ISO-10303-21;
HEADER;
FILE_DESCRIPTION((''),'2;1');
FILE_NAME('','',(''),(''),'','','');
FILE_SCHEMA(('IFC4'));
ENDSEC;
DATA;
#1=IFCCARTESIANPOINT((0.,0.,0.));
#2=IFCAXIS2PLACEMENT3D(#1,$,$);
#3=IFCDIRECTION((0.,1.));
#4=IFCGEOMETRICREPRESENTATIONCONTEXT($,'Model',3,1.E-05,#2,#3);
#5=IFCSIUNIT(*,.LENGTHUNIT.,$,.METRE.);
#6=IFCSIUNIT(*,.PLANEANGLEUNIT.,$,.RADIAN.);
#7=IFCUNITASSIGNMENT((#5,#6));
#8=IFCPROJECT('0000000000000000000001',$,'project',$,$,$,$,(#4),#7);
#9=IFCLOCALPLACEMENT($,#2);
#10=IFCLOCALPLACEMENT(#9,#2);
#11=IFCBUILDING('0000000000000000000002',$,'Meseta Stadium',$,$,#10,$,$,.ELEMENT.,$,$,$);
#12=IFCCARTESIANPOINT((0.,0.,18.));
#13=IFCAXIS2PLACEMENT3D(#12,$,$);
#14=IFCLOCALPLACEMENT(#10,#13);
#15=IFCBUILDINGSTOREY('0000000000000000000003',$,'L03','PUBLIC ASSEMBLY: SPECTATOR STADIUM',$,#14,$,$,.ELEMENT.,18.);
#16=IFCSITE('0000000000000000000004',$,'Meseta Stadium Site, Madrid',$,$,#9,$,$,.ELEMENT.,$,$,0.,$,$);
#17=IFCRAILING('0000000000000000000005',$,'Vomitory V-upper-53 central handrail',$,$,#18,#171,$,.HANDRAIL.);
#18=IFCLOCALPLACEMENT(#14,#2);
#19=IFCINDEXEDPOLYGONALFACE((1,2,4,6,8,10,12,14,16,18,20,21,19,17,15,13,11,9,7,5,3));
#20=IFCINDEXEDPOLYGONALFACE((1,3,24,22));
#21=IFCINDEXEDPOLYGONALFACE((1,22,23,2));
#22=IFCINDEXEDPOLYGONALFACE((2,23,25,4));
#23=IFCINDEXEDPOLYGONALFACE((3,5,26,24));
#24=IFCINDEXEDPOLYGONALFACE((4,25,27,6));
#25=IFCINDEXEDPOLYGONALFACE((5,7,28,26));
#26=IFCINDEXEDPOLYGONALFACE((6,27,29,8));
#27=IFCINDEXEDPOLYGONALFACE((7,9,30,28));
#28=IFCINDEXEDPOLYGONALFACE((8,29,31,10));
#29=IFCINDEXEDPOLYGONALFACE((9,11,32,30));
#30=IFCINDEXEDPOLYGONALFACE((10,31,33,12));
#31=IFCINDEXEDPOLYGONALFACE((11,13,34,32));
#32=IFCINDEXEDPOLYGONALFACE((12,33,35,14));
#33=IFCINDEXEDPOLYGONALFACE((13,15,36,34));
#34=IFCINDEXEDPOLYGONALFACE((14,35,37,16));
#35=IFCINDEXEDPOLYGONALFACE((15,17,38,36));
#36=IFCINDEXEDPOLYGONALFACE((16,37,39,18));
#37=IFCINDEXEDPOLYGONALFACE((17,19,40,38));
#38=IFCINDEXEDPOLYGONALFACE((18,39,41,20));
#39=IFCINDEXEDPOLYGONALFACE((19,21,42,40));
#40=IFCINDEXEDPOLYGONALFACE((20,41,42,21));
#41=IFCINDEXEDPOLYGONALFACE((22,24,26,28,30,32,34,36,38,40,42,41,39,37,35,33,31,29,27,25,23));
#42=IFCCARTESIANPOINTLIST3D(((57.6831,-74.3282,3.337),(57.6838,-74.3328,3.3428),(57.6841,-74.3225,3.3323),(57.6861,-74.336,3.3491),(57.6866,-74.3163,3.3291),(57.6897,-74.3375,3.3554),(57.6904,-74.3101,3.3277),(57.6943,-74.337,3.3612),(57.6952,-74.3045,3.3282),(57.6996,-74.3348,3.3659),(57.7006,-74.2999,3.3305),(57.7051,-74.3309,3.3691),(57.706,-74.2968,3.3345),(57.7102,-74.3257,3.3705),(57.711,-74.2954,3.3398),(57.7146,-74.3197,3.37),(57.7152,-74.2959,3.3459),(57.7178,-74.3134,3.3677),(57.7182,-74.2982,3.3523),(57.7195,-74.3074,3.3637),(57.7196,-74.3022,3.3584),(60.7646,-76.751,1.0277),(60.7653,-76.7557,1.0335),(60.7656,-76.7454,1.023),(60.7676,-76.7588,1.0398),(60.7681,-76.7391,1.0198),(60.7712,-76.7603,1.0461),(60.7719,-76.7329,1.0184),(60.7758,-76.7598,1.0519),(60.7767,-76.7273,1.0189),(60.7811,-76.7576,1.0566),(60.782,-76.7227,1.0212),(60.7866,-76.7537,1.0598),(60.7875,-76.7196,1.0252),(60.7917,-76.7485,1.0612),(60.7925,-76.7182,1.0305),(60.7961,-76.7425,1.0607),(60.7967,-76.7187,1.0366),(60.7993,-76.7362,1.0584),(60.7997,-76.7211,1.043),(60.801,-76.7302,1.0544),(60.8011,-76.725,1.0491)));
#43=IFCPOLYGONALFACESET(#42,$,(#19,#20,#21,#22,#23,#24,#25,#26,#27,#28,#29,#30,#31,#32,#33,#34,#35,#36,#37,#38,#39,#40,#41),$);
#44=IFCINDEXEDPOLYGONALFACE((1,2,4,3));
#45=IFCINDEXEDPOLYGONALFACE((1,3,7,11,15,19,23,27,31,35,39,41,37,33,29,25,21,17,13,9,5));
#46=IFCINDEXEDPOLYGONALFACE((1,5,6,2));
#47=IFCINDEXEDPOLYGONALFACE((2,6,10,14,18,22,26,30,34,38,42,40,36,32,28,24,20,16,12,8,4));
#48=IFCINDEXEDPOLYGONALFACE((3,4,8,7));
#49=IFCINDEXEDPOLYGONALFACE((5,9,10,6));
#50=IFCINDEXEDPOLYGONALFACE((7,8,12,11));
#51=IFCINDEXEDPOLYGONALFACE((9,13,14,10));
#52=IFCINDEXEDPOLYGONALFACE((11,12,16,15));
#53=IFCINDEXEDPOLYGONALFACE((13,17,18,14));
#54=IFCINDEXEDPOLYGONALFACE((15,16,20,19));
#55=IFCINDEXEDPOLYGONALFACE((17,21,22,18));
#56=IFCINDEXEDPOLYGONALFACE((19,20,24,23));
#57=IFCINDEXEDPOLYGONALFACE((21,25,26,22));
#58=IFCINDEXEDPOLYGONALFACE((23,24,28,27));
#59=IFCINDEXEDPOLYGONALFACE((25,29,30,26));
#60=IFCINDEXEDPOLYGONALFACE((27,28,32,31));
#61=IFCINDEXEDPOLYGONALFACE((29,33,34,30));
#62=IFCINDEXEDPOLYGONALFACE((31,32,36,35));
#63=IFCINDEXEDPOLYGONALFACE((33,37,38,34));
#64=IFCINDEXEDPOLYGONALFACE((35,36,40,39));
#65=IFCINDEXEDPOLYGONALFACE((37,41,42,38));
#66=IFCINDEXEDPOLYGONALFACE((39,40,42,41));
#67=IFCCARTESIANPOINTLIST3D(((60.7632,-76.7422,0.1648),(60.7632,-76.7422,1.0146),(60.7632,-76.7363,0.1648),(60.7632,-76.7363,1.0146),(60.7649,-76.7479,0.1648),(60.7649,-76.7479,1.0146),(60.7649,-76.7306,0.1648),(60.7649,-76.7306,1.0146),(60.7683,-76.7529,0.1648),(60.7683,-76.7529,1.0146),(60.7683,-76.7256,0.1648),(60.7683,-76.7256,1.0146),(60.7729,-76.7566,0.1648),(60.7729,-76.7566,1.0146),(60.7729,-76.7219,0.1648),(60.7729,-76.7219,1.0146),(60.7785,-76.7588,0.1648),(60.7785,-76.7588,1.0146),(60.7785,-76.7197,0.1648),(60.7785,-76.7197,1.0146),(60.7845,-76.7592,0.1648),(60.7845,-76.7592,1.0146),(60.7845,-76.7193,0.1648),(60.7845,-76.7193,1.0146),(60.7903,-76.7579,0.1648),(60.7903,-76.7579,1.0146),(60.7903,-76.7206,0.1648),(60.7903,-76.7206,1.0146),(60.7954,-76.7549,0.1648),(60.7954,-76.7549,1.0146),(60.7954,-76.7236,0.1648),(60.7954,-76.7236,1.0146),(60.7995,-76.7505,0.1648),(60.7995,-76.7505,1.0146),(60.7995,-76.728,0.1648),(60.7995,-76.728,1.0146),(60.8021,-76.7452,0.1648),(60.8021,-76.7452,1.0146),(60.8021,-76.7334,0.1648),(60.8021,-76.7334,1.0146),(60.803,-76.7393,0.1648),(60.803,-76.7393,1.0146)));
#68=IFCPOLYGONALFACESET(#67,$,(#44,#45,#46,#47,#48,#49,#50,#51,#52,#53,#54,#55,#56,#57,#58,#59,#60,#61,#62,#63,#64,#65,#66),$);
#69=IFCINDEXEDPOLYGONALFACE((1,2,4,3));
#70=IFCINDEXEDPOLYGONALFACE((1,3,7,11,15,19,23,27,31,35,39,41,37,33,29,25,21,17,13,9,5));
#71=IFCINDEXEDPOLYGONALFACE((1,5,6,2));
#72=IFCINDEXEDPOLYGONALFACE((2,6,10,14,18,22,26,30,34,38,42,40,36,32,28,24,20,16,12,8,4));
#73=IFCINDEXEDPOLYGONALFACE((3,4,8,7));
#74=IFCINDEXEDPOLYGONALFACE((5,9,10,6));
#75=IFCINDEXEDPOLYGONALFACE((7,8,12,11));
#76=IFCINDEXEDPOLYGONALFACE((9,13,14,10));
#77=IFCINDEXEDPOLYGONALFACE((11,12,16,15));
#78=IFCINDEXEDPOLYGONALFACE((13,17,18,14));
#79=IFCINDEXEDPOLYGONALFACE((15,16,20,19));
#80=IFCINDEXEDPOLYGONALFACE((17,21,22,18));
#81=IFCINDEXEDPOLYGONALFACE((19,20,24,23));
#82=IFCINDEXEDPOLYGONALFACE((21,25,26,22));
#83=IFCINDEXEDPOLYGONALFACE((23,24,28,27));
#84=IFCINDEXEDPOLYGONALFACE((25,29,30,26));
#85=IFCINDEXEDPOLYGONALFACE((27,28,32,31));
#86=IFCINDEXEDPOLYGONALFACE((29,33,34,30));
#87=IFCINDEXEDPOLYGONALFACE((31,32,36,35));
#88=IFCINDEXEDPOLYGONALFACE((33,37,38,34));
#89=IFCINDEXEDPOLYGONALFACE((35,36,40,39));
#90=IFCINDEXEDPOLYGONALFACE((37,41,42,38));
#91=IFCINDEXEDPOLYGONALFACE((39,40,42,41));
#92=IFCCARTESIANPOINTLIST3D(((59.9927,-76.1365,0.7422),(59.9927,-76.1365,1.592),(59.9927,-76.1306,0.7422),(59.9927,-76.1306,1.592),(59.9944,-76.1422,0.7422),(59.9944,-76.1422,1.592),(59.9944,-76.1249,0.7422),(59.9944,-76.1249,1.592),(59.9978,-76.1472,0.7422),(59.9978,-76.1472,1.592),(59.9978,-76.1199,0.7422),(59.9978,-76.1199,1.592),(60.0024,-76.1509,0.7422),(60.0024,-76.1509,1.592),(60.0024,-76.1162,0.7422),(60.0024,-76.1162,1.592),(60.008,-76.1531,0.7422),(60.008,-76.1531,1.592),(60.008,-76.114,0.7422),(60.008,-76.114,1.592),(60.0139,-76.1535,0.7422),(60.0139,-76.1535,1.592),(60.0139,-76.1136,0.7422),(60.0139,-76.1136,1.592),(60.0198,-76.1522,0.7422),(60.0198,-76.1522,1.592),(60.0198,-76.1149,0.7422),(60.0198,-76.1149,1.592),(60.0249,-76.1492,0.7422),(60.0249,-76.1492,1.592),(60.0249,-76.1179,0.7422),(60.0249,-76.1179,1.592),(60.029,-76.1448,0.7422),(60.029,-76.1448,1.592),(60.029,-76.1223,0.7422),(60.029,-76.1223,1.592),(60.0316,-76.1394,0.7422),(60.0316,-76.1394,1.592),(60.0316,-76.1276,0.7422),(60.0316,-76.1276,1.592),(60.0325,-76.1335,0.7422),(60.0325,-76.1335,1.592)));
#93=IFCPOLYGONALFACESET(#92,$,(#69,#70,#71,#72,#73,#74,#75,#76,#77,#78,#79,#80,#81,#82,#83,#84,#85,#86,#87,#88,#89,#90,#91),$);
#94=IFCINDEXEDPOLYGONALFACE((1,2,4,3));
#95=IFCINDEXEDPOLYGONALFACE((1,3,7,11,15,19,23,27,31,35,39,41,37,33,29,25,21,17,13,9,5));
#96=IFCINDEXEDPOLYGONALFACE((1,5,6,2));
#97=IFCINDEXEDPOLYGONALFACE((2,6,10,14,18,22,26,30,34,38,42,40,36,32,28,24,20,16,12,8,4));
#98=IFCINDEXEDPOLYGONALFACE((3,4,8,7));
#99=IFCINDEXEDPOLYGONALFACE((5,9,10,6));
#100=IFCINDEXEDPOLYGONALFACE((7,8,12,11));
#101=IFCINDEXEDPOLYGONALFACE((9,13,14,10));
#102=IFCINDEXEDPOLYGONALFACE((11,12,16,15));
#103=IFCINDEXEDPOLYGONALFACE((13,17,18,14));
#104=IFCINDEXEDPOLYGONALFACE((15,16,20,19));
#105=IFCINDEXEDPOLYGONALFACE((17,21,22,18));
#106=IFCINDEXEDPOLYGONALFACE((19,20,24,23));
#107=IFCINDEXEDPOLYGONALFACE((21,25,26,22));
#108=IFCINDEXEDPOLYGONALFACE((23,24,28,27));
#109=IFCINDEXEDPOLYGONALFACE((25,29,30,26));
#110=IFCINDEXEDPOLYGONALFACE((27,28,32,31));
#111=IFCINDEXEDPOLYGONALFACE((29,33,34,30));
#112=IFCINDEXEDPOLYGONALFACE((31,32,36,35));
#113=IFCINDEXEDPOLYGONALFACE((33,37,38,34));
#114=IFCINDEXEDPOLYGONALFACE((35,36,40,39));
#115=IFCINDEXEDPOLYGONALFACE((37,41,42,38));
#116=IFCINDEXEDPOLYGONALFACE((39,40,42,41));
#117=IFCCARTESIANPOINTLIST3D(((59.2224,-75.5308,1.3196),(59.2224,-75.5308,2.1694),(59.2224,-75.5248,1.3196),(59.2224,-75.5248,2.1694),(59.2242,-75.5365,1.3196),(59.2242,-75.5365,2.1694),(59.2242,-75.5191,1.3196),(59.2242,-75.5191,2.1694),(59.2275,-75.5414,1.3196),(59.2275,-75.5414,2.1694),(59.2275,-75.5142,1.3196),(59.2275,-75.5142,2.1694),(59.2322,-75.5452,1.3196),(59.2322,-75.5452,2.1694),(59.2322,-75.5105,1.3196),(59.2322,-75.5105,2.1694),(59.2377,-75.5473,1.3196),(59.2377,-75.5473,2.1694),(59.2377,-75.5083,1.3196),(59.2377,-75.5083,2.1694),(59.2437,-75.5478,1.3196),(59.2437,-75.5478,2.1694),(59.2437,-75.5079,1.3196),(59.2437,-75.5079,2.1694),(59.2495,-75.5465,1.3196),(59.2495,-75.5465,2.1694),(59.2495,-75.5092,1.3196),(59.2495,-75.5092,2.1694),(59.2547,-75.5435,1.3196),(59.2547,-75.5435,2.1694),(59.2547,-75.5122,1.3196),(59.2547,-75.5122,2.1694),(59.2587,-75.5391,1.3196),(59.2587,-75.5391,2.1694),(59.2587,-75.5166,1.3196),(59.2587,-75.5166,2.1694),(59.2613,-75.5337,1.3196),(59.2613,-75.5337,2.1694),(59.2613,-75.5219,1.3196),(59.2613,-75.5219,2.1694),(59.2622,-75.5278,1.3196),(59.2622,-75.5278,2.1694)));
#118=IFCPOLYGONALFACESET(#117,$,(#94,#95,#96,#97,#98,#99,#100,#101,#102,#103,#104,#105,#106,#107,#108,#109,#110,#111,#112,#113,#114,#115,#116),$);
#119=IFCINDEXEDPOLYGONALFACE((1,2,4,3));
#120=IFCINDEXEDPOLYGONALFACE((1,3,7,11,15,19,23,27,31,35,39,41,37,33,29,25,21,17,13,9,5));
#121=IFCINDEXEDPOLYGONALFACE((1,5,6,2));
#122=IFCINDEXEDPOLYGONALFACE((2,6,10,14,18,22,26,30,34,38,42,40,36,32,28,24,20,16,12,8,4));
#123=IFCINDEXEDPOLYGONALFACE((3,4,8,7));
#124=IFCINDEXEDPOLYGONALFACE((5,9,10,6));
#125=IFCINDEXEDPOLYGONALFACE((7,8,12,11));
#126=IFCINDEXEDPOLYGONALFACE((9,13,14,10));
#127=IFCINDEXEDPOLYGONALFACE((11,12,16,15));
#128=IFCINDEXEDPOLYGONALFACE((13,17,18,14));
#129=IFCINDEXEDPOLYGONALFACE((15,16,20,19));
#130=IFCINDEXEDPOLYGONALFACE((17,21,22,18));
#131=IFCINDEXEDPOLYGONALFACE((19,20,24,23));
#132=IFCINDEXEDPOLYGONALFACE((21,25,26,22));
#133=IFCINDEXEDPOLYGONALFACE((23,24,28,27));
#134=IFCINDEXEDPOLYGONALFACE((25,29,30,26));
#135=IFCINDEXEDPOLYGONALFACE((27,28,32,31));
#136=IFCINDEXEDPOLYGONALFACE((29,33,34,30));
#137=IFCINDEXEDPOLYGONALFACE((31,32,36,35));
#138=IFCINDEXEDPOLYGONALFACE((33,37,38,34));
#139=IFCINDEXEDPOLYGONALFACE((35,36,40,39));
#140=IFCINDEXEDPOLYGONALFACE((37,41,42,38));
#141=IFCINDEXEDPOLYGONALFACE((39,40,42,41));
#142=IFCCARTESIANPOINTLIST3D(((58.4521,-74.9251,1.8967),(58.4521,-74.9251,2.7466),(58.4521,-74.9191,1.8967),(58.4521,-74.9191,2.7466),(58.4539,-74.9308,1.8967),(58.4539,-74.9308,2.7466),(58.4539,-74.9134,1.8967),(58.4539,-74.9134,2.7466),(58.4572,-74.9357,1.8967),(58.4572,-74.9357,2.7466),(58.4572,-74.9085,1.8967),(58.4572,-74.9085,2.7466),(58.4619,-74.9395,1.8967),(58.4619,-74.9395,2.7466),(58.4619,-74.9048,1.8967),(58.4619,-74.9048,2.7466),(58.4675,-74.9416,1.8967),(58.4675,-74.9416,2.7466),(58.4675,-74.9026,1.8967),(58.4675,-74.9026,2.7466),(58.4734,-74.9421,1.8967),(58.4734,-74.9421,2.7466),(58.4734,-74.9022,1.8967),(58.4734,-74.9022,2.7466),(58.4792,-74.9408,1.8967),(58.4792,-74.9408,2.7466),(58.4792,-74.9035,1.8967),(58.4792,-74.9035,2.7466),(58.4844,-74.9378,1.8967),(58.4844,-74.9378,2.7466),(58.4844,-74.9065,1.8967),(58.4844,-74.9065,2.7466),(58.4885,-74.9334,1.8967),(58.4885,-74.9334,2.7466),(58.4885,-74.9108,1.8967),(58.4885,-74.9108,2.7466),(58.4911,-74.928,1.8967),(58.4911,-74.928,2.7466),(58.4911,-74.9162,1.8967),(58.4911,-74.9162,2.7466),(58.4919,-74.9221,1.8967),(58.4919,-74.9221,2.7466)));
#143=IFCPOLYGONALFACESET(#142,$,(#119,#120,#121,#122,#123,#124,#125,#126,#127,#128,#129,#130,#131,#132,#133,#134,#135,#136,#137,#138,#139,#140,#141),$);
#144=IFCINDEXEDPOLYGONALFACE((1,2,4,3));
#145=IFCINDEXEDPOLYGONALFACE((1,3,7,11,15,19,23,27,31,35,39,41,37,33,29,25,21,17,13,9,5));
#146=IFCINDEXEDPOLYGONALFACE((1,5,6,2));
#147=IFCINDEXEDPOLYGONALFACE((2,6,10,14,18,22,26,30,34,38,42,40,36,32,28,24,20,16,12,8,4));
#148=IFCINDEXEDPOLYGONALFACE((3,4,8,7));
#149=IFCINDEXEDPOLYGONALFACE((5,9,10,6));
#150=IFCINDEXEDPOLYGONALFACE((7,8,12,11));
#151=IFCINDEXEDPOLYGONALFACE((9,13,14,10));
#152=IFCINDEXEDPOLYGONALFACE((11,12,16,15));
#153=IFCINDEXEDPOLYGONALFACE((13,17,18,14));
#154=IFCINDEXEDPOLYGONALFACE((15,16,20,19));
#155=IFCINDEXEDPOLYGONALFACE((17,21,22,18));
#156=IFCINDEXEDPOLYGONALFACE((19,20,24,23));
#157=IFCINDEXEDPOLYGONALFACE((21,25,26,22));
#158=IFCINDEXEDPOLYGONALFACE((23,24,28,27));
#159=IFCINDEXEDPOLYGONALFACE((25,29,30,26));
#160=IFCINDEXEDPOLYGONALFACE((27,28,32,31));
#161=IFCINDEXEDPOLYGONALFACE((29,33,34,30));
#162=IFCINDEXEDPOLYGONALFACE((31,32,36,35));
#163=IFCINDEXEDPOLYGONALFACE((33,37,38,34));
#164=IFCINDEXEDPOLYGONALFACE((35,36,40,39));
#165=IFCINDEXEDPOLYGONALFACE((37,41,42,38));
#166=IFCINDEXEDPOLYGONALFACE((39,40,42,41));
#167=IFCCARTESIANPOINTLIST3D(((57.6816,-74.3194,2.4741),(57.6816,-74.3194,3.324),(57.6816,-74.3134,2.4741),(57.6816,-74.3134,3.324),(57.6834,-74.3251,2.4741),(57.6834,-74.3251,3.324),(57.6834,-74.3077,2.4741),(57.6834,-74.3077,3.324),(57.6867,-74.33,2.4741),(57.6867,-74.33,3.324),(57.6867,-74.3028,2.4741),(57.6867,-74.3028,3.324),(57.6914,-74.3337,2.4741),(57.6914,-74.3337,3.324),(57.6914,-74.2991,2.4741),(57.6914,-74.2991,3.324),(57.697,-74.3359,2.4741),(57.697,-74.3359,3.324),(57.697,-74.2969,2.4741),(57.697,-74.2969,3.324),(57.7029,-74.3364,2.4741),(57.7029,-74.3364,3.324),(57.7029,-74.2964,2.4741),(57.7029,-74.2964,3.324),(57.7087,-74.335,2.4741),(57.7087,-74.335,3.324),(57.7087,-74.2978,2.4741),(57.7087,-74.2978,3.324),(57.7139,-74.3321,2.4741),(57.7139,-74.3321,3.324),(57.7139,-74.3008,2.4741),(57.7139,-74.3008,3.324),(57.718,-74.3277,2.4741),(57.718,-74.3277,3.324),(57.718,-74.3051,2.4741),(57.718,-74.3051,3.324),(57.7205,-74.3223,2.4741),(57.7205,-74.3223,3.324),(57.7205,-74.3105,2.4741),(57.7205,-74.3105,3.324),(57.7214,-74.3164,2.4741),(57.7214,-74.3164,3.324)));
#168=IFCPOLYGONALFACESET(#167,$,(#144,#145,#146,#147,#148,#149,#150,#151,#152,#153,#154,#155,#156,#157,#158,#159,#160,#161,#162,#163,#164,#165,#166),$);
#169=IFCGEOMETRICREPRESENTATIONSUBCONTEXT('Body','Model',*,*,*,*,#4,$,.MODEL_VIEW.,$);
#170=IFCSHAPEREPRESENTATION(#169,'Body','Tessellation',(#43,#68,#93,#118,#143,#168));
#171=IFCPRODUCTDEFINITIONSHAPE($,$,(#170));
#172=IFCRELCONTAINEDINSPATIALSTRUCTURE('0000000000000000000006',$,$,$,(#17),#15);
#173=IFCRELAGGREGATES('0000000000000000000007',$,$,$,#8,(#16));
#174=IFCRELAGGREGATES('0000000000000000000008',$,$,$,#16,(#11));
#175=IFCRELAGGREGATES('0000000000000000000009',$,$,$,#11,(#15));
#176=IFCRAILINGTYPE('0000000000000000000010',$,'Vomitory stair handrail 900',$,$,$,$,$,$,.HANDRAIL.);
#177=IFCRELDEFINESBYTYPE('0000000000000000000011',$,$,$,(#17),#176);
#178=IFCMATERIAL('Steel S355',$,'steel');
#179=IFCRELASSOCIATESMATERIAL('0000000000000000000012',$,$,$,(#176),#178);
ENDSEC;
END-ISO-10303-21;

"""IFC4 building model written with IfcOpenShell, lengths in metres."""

from ifc_helpers import new_model, si_unit, direction, frame, origin, origin_2d, place, context, subcontext, project, spatial, circle, extrude, material, type_object, element, save


model = new_model("IFC4")

# Units and contexts
model_context = context("Model", 3, precision=1e-05, world=origin(), true_north=direction((0.0, 1.0)))
body_context = subcontext(model_context, "Body", "Model", "MODEL_VIEW")
ifc_project = project(units=[si_unit("LENGTHUNIT", "METRE"), si_unit("PLANEANGLEUNIT", "RADIAN")], contexts=[model_context])

# Site, building, storey
site_placement = place(None, origin())
site = spatial("IfcSite", under=ifc_project, at=site_placement, Name="Meseta Stadium Site, Madrid", CompositionType="ELEMENT", RefElevation=0.0)
building_placement = place(site_placement, origin())
building = spatial("IfcBuilding", under=site, at=building_placement, Name="Meseta Stadium", CompositionType="ELEMENT")
storey_placement = place(building_placement, frame((0.0, 0.0, 18.0)))
storey = spatial("IfcBuildingStorey", under=building, at=storey_placement, Name="L03", Description="PUBLIC ASSEMBLY: SPECTATOR STADIUM", CompositionType="ELEMENT", Elevation=18.0)

# Railing
ifc_material_1 = material(Name="Steel S355", Category="steel")
railing_type_1 = type_object("IfcRailingType", Name="Vomitory stair handrail 900", PredefinedType="HANDRAIL", material=ifc_material_1)
railing_1_placement = place(storey_placement, frame((60.783, -76.7393, 0.1648)))
element("IfcRailing", 1, at=railing_1_placement, inside=storey, type_object=railing_type_1, Name="Vomitory V-upper-53 central handrail", PredefinedType="HANDRAIL", context=body_context, shape_type="SweptSolid", body=[
    extrude(circle(Radius=0.0249, at=origin_2d()), frame((0.0, 0.0, 0.875), z_axis=(-0.677318, 0.532539, 0.507586), x_axis=(-0.61808, -0.786115, 0.0)), (0.0, 0.0, 1.0), 4.5496),
    extrude(circle(Radius=0.02, at=origin_2d()), origin(), (0.0, 0.0, 1.0), 0.8499),
    extrude(circle(Radius=0.02, at=origin_2d()), frame((-0.7705, 0.6057, 0.5774)), (0.0, 0.0, 1.0), 0.8499),
    extrude(circle(Radius=0.02, at=origin_2d()), frame((-1.5408, 1.2114, 1.1548)), (0.0, 0.0, 1.0), 0.8499),
    extrude(circle(Radius=0.02, at=origin_2d()), frame((-2.311, 1.8171, 1.7319)), (0.0, 0.0, 1.0), 0.8499),
    extrude(circle(Radius=0.02, at=origin_2d()), frame((-3.0815, 2.4229, 2.3093)), (0.0, 0.0, 1.0), 0.8499),
])

save(model, "model.ifc")
